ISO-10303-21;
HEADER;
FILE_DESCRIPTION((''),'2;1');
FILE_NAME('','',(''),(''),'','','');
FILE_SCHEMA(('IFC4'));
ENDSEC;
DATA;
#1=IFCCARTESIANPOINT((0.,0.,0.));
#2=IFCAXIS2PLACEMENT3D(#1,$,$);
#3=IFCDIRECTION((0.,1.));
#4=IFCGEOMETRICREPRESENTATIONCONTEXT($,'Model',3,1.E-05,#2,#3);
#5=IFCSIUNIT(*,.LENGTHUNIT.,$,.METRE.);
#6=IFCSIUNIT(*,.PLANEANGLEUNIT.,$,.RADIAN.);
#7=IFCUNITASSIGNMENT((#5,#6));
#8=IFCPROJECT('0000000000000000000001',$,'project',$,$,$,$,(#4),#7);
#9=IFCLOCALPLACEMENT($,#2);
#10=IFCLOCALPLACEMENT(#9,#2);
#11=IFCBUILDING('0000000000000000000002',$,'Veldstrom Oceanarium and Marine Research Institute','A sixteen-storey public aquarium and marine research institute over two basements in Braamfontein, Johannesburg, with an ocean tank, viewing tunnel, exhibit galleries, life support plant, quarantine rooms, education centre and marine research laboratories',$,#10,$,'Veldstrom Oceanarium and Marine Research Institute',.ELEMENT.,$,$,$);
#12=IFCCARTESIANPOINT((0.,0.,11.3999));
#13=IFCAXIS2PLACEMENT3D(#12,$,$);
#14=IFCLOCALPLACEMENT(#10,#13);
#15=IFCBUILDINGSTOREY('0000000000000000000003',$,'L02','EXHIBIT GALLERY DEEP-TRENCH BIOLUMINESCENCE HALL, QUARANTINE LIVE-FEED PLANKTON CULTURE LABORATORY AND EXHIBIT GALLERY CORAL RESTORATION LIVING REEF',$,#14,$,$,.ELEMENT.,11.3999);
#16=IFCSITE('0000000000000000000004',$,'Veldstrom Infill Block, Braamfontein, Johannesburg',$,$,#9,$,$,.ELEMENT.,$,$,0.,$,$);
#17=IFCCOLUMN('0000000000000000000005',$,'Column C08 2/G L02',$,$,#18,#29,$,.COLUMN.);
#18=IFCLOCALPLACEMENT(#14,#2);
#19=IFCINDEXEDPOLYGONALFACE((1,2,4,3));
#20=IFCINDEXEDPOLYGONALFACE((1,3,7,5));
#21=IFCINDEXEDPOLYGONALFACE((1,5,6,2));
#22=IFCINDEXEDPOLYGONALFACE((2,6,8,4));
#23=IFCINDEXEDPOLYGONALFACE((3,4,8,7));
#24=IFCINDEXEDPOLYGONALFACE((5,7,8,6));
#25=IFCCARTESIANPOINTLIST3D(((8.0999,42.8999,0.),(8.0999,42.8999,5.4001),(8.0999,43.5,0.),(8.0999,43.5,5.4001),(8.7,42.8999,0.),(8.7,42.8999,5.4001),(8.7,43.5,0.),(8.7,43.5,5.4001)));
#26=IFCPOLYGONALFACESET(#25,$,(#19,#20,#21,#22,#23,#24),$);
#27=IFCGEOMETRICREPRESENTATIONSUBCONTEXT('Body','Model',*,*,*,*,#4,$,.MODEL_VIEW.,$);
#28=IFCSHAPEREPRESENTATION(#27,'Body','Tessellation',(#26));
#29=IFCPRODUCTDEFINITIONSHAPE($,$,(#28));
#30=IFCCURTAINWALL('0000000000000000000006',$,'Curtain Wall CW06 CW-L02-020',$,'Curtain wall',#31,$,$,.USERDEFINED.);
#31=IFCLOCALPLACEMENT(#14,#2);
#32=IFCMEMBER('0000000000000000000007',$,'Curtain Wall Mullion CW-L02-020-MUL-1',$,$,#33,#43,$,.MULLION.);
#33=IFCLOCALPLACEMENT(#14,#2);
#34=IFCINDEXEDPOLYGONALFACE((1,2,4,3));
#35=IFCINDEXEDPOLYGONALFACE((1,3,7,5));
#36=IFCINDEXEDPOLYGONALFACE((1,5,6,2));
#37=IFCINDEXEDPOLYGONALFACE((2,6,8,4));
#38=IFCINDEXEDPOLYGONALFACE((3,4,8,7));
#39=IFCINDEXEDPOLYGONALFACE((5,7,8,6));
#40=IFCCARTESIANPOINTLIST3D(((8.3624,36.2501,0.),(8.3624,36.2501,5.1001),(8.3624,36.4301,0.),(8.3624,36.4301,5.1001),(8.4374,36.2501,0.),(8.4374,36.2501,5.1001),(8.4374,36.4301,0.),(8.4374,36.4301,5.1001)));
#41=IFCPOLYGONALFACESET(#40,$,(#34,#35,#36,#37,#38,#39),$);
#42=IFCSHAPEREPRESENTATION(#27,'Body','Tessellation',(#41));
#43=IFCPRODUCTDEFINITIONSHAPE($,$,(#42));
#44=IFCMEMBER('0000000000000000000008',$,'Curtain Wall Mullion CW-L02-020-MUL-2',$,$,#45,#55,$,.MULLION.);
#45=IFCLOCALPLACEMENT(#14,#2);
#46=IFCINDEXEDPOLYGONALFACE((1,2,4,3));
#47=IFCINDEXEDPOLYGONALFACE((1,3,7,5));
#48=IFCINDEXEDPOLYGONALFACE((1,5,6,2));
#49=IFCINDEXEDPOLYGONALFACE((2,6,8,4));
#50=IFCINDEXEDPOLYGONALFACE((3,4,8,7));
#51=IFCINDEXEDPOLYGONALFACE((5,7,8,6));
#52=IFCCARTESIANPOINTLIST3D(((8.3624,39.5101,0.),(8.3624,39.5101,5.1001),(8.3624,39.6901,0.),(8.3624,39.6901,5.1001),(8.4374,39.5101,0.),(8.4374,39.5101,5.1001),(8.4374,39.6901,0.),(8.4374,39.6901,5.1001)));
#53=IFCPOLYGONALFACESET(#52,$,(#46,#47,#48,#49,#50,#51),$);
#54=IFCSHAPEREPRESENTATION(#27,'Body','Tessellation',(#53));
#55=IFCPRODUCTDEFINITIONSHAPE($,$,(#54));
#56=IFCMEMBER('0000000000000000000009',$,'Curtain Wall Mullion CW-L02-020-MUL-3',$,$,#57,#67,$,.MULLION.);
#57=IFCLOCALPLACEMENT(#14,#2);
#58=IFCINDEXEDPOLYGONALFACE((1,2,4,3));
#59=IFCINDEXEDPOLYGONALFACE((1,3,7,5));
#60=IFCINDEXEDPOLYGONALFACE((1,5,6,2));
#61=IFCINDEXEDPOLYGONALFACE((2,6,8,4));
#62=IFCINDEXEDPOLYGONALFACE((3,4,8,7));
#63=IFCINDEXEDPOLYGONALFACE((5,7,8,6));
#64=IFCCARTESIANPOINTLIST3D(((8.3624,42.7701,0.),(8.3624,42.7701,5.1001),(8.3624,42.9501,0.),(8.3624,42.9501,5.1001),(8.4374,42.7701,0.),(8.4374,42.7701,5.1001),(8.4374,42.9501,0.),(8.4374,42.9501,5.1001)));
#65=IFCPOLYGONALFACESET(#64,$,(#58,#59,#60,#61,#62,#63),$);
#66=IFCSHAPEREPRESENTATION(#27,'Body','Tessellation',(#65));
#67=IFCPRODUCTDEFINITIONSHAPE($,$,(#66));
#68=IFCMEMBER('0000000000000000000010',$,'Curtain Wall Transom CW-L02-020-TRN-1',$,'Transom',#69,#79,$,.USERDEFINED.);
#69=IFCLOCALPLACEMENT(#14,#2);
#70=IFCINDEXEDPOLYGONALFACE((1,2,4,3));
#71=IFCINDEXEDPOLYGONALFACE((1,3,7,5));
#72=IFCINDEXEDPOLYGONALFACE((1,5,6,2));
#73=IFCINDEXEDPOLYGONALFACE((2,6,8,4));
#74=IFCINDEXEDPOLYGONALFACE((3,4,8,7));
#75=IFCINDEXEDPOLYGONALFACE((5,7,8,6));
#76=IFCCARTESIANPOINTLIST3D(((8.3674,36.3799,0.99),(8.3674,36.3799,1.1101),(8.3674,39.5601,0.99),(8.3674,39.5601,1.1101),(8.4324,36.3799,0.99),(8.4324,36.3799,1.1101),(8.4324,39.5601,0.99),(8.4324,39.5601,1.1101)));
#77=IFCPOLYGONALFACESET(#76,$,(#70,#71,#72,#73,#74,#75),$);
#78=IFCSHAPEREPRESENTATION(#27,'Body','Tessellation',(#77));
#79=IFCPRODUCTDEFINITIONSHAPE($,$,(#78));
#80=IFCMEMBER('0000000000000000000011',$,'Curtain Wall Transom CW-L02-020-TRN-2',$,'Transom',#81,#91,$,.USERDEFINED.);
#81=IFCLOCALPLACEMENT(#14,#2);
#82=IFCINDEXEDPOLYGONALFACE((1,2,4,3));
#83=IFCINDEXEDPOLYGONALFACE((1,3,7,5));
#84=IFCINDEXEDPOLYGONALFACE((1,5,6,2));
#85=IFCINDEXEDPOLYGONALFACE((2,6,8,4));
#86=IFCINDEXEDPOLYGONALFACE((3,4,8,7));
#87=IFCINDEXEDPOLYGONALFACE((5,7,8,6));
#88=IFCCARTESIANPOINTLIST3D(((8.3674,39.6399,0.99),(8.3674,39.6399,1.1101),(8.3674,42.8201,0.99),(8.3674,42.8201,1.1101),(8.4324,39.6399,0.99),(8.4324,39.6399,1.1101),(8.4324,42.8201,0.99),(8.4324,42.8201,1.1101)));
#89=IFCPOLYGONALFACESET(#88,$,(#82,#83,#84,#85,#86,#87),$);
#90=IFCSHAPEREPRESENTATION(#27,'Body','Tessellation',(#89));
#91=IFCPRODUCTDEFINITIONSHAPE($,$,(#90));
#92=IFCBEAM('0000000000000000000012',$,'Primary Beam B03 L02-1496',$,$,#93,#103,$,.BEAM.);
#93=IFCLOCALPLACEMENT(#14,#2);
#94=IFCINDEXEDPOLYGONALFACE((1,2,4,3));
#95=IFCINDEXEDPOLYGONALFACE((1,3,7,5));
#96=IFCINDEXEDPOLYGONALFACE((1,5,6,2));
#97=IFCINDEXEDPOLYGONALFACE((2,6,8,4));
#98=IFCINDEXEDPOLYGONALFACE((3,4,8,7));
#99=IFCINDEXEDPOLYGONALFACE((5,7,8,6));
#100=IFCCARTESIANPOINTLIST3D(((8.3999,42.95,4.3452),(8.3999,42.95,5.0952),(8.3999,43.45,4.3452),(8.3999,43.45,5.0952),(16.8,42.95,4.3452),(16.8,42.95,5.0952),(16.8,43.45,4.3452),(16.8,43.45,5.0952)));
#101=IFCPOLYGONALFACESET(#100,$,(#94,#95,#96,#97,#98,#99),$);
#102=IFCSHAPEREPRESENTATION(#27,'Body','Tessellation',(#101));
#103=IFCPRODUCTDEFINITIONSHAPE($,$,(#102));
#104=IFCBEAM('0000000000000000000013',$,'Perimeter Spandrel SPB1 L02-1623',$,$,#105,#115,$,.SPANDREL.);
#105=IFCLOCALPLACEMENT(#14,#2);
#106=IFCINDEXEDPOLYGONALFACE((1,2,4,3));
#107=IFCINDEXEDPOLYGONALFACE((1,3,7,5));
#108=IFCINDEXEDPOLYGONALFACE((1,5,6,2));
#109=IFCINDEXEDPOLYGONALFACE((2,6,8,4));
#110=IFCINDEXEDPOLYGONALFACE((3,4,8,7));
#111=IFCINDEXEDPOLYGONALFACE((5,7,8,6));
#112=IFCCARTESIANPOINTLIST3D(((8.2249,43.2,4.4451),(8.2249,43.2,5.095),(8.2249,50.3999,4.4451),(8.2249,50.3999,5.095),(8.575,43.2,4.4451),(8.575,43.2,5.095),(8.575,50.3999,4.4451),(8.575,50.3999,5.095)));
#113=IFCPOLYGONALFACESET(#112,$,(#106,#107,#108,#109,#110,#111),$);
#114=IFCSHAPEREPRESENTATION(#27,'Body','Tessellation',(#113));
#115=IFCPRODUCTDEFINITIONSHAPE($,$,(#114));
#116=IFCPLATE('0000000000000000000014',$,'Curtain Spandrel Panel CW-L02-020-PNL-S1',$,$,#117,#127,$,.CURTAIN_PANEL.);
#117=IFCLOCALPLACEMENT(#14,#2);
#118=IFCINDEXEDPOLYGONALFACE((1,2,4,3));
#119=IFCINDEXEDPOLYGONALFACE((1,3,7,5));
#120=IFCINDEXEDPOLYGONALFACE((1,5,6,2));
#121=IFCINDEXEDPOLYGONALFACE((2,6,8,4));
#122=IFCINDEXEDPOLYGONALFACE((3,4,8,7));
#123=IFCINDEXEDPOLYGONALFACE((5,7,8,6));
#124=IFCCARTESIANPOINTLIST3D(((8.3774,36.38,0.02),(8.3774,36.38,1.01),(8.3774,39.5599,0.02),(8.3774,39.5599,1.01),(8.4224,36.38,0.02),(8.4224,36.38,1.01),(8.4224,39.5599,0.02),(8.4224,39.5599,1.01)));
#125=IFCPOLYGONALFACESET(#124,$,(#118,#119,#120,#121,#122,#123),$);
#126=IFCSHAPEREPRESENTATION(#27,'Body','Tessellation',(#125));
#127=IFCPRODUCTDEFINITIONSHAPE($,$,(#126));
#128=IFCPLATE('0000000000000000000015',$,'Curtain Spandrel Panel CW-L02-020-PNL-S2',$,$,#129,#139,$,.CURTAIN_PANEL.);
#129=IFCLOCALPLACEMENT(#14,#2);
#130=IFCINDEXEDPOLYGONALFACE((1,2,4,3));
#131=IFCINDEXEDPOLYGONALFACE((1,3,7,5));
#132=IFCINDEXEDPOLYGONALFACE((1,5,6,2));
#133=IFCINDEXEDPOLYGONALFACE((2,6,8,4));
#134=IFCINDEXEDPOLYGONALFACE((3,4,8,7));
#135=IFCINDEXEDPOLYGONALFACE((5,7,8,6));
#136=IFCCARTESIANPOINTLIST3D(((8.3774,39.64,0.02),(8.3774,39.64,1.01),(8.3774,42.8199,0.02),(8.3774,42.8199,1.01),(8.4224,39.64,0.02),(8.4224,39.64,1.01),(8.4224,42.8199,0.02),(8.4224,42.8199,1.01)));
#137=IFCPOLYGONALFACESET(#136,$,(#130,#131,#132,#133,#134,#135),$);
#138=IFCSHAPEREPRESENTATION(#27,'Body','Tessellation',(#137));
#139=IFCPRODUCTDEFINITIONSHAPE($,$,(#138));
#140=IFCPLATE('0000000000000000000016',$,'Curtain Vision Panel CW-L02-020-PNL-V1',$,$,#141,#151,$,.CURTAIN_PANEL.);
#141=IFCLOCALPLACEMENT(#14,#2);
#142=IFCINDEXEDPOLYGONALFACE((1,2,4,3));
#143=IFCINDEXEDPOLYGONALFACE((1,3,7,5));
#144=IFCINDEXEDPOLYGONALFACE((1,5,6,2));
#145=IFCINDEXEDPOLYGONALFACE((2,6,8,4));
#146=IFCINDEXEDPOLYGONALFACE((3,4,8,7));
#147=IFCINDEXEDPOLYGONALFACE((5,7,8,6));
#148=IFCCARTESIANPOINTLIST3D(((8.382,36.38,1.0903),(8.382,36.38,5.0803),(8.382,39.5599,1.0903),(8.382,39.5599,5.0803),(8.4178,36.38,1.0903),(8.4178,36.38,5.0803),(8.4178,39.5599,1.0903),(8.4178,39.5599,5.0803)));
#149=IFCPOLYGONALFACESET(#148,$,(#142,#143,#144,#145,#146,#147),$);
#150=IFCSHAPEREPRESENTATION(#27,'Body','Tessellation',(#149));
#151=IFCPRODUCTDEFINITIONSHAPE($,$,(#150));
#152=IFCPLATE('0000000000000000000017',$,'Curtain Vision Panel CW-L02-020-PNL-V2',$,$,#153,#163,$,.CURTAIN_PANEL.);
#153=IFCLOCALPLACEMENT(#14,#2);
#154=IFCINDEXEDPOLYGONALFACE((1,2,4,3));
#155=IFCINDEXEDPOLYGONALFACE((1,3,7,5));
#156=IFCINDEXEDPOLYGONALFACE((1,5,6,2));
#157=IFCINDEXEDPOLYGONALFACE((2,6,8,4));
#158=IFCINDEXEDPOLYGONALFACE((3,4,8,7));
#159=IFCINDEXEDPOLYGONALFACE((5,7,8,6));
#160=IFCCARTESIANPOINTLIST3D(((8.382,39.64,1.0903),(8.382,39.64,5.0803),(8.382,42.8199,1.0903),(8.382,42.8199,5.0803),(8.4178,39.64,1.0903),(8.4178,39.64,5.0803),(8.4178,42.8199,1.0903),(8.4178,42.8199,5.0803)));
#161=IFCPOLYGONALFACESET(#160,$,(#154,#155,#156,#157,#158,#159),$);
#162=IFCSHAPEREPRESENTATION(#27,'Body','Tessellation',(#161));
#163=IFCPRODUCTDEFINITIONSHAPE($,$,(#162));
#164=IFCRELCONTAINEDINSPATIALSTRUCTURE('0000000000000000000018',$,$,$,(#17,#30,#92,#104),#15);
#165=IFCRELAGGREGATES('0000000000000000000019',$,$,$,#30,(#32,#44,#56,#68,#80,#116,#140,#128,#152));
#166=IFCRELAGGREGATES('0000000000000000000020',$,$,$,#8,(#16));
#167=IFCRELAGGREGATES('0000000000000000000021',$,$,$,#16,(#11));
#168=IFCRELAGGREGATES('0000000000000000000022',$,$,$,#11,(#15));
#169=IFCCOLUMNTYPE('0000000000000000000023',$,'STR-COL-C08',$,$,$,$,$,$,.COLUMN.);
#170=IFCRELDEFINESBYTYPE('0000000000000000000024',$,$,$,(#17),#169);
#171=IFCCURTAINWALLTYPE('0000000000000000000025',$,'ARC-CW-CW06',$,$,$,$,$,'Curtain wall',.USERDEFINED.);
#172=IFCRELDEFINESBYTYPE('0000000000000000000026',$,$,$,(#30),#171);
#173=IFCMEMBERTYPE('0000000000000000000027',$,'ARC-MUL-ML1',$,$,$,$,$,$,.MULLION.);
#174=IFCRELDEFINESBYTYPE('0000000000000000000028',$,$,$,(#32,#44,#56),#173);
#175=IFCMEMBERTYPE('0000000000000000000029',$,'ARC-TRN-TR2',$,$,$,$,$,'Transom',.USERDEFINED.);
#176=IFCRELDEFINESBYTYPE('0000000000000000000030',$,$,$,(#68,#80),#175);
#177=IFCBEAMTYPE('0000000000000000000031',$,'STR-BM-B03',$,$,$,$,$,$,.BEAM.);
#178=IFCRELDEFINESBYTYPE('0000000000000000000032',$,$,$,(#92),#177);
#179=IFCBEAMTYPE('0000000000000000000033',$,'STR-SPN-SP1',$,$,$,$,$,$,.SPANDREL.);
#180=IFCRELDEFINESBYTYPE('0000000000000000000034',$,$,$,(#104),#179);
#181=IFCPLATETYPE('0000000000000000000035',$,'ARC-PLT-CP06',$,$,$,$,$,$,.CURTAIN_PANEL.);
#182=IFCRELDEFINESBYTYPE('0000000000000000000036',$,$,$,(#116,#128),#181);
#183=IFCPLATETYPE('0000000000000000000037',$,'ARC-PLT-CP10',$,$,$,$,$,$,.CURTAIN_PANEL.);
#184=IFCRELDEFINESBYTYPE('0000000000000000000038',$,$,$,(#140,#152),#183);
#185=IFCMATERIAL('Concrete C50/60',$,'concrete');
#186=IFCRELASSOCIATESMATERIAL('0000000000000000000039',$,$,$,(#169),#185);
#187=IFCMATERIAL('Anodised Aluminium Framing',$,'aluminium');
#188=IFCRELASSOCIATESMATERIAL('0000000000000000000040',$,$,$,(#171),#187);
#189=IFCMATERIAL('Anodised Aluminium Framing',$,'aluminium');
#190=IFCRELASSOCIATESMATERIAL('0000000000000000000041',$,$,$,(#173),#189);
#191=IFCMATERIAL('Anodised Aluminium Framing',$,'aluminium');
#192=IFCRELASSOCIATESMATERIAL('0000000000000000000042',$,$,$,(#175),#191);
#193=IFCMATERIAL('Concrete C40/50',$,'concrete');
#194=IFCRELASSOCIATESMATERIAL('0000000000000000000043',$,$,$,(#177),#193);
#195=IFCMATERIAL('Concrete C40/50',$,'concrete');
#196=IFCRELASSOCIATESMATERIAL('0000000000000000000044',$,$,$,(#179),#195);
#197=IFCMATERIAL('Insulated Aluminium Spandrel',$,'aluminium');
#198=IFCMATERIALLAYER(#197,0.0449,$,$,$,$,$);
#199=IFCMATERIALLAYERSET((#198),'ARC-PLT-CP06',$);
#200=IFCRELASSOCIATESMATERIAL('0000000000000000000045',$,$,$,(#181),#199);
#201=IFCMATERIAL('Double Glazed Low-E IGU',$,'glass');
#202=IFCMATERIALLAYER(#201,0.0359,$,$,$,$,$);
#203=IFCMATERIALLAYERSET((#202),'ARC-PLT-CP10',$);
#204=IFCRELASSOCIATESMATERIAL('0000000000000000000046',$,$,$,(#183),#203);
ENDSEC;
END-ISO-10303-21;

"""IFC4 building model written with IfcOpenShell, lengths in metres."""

from ifc_helpers import new_model, si_unit, direction, frame, origin, origin_2d, place, context, subcontext, project, spatial, rectangle, extrude, material, layer, layer_set, material_profile, profile_set, type_object, element, aggregate, save


model = new_model("IFC4")

# Units and contexts
model_context = context("Model", 3, precision=1e-05, world=origin(), true_north=direction((0.0, 1.0)))
body_context = subcontext(model_context, "Body", "Model", "MODEL_VIEW")
ifc_project = project(units=[si_unit("LENGTHUNIT", "METRE"), si_unit("PLANEANGLEUNIT", "RADIAN")], contexts=[model_context])

# Site, building, storey
site_placement = place(None, origin())
site = spatial("IfcSite", under=ifc_project, at=site_placement, Name="Veldstrom Infill Block, Braamfontein, Johannesburg", CompositionType="ELEMENT", RefElevation=0.0)
building_placement = place(site_placement, origin())
building = spatial("IfcBuilding", under=site, at=building_placement, Name="Veldstrom Oceanarium and Marine Research Institute", Description="A sixteen-storey public aquarium and marine research institute over two basements in Braamfontein, Johannesburg, with an ocean tank, viewing tunnel, exhibit galleries, life support plant, quarantine rooms, education centre and marine research laboratories", LongName="Veldstrom Oceanarium and Marine Research Institute", CompositionType="ELEMENT")
storey_placement = place(building_placement, frame((0.0, 0.0, 11.3999)))
storey = spatial("IfcBuildingStorey", under=building, at=storey_placement, Name="L02", Description="EXHIBIT GALLERY DEEP-TRENCH BIOLUMINESCENCE HALL, QUARANTINE LIVE-FEED PLANKTON CULTURE LABORATORY AND EXHIBIT GALLERY CORAL RESTORATION LIVING REEF", CompositionType="ELEMENT", Elevation=11.3999)

# Column
ifc_material_1 = material(Name="Concrete C50/60", Category="concrete")
ifc_material_profile_1 = material_profile(ifc_material_1, rectangle(XDim=0.6001, YDim=0.6001, at=origin_2d()), Name="RC-COL-600x600")
ifc_profile_set_1 = profile_set([ifc_material_profile_1], Name="Concrete C50/60")
column_type = type_object("IfcColumnType", Name="STR-COL-C08", PredefinedType="COLUMN", material=ifc_profile_set_1)
column_placement = place(storey_placement, frame((8.3999, 43.2, 0.0), z_axis=(0.0, 0.0, 1.0), x_axis=(1.0, 0.0, 0.0)))
element("IfcColumn", 1, at=column_placement, inside=storey, type_object=column_type, Name="Column C08 2/G L02", PredefinedType="COLUMN", context=body_context, shape_type="SweptSolid", body=[
    extrude(rectangle(XDim=0.6001, YDim=0.6001, at=origin_2d()), origin(), (0.0, 0.0, 1.0), 5.4001),
])

# Curtain wall, members
ifc_material_2 = material(Name="Anodised Aluminium Framing", Category="aluminium")
curtain_wall_type = type_object("IfcCurtainWallType", Name="ARC-CW-CW06", ElementType="Curtain wall", PredefinedType="USERDEFINED", material=ifc_material_2)
curtain_wall_placement = place(storey_placement, origin())
curtain_wall = element("IfcCurtainWall", 2, at=curtain_wall_placement, inside=storey, type_object=curtain_wall_type, Name="Curtain Wall CW06 CW-L02-020", ObjectType="Curtain wall", PredefinedType="USERDEFINED")
ifc_material_3 = material(Name="Anodised Aluminium Framing", Category="aluminium")
ifc_material_profile_2 = material_profile(ifc_material_3, rectangle(XDim=0.075, YDim=0.1799, at=origin_2d()), Name="ALU-MUL-75x180")
ifc_profile_set_2 = profile_set([ifc_material_profile_2], Name="Anodised Aluminium Framing")
member_type_1 = type_object("IfcMemberType", Name="ARC-MUL-ML1", PredefinedType="MULLION", material=ifc_profile_set_2)
member_1_placement = place(storey_placement, frame((8.3999, 36.3401, 0.0), z_axis=(0.0, 0.0, 1.0), x_axis=(1.0, 0.0, 0.0)))
member_1 = element("IfcMember", 3, at=member_1_placement, type_object=member_type_1, Name="Curtain Wall Mullion CW-L02-020-MUL-1", PredefinedType="MULLION", context=body_context, shape_type="SweptSolid", body=[
    extrude(rectangle(XDim=0.075, YDim=0.1799, at=origin_2d()), origin(), (0.0, 0.0, 1.0), 5.1001),
])
member_2_placement = place(storey_placement, frame((8.3999, 39.6001, 0.0), z_axis=(0.0, 0.0, 1.0), x_axis=(1.0, 0.0, 0.0)))
member_2 = element("IfcMember", 4, at=member_2_placement, type_object=member_type_1, Name="Curtain Wall Mullion CW-L02-020-MUL-2", PredefinedType="MULLION", context=body_context, shape_type="SweptSolid", body=[
    extrude(rectangle(XDim=0.075, YDim=0.1799, at=origin_2d()), origin(), (0.0, 0.0, 1.0), 5.1001),
])
member_3_placement = place(storey_placement, frame((8.3999, 42.8601, 0.0), z_axis=(0.0, 0.0, 1.0), x_axis=(1.0, 0.0, 0.0)))
member_3 = element("IfcMember", 5, at=member_3_placement, type_object=member_type_1, Name="Curtain Wall Mullion CW-L02-020-MUL-3", PredefinedType="MULLION", context=body_context, shape_type="SweptSolid", body=[
    extrude(rectangle(XDim=0.075, YDim=0.1799, at=origin_2d()), origin(), (0.0, 0.0, 1.0), 5.1001),
])
ifc_material_4 = material(Name="Anodised Aluminium Framing", Category="aluminium")
ifc_material_profile_3 = material_profile(ifc_material_4, rectangle(XDim=0.0649, YDim=0.1201, at=origin_2d()), Name="ALU-TRN-65x120")
ifc_profile_set_3 = profile_set([ifc_material_profile_3], Name="Anodised Aluminium Framing")
member_type_2 = type_object("IfcMemberType", Name="ARC-TRN-TR2", ElementType="Transom", PredefinedType="USERDEFINED", material=ifc_profile_set_3)
member_4_placement = place(storey_placement, frame((8.3999, 36.3799, 1.05), z_axis=(0.0, 1.0, 0.0), x_axis=(-1.0, 0.0, 0.0)))
member_4 = element("IfcMember", 6, at=member_4_placement, type_object=member_type_2, Name="Curtain Wall Transom CW-L02-020-TRN-1", ObjectType="Transom", PredefinedType="USERDEFINED", context=body_context, shape_type="SweptSolid", body=[
    extrude(rectangle(XDim=0.0649, YDim=0.1201, at=origin_2d()), origin(), (0.0, 0.0, 1.0), 3.1802),
])
member_5_placement = place(storey_placement, frame((8.3999, 39.6399, 1.05), z_axis=(0.0, 1.0, 0.0), x_axis=(-1.0, 0.0, 0.0)))
member_5 = element("IfcMember", 7, at=member_5_placement, type_object=member_type_2, Name="Curtain Wall Transom CW-L02-020-TRN-2", ObjectType="Transom", PredefinedType="USERDEFINED", context=body_context, shape_type="SweptSolid", body=[
    extrude(rectangle(XDim=0.0649, YDim=0.1201, at=origin_2d()), origin(), (0.0, 0.0, 1.0), 3.1802),
])

# Beams
ifc_material_5 = material(Name="Concrete C40/50", Category="concrete")
ifc_material_profile_4 = material_profile(ifc_material_5, rectangle(XDim=0.5, YDim=0.75, at=origin_2d()), Name="RC-BM-500x750")
ifc_profile_set_4 = profile_set([ifc_material_profile_4], Name="Concrete C40/50")
beam_type_1 = type_object("IfcBeamType", Name="STR-BM-B03", PredefinedType="BEAM", material=ifc_profile_set_4)
beam_1_placement = place(storey_placement, frame((8.3999, 43.2, 4.7202), z_axis=(1.0, 0.0, 0.0), x_axis=(0.0, 1.0, 0.0)))
element("IfcBeam", 8, at=beam_1_placement, inside=storey, type_object=beam_type_1, Name="Primary Beam B03 L02-1496", PredefinedType="BEAM", context=body_context, shape_type="SweptSolid", body=[
    extrude(rectangle(XDim=0.5, YDim=0.75, at=origin_2d()), origin(), (0.0, 0.0, 1.0), 8.4001),
])
ifc_material_6 = material(Name="Concrete C40/50", Category="concrete")
ifc_material_profile_5 = material_profile(ifc_material_6, rectangle(XDim=0.3501, YDim=0.6499, at=origin_2d()), Name="RC-SPN-350x650")
ifc_profile_set_5 = profile_set([ifc_material_profile_5], Name="Concrete C40/50")
beam_type_2 = type_object("IfcBeamType", Name="STR-SPN-SP1", PredefinedType="SPANDREL", material=ifc_profile_set_5)
beam_2_placement = place(storey_placement, frame((8.3999, 43.2, 4.77), z_axis=(0.0, 1.0, 0.0), x_axis=(-1.0, 0.0, 0.0)))
element("IfcBeam", 9, at=beam_2_placement, inside=storey, type_object=beam_type_2, Name="Perimeter Spandrel SPB1 L02-1623", PredefinedType="SPANDREL", context=body_context, shape_type="SweptSolid", body=[
    extrude(rectangle(XDim=0.3501, YDim=0.6499, at=origin_2d()), origin(), (0.0, 0.0, 1.0), 7.2),
])

# Plates
ifc_material_7 = material(Name="Insulated Aluminium Spandrel", Category="aluminium")
ifc_layer_1 = layer(ifc_material_7, 0.0449)
ifc_layer_set_1 = layer_set([ifc_layer_1], Name="ARC-PLT-CP06")
plate_type_1 = type_object("IfcPlateType", Name="ARC-PLT-CP06", PredefinedType="CURTAIN_PANEL", material=ifc_layer_set_1)
plate_1_placement = place(storey_placement, frame((8.3999, 37.97, 0.02), z_axis=(0.0, 0.0, 1.0), x_axis=(0.0, 1.0, 0.0)))
plate_1 = element("IfcPlate", 10, at=plate_1_placement, type_object=plate_type_1, Name="Curtain Spandrel Panel CW-L02-020-PNL-S1", PredefinedType="CURTAIN_PANEL", context=body_context, shape_type="SweptSolid", body=[
    extrude(rectangle(XDim=3.1799, YDim=0.0449, at=origin_2d()), origin(), (0.0, 0.0, 1.0), 0.99),
])
plate_2_placement = place(storey_placement, frame((8.3999, 41.23, 0.02), z_axis=(0.0, 0.0, 1.0), x_axis=(0.0, 1.0, 0.0)))
plate_2 = element("IfcPlate", 11, at=plate_2_placement, type_object=plate_type_1, Name="Curtain Spandrel Panel CW-L02-020-PNL-S2", PredefinedType="CURTAIN_PANEL", context=body_context, shape_type="SweptSolid", body=[
    extrude(rectangle(XDim=3.1799, YDim=0.0449, at=origin_2d()), origin(), (0.0, 0.0, 1.0), 0.99),
])
ifc_material_8 = material(Name="Double Glazed Low-E IGU", Category="glass")
ifc_layer_2 = layer(ifc_material_8, 0.0359)
ifc_layer_set_2 = layer_set([ifc_layer_2], Name="ARC-PLT-CP10")
plate_type_2 = type_object("IfcPlateType", Name="ARC-PLT-CP10", PredefinedType="CURTAIN_PANEL", material=ifc_layer_set_2)
plate_3_placement = place(storey_placement, frame((8.3999, 37.97, 1.0903), z_axis=(0.0, 0.0, 1.0), x_axis=(0.0, 1.0, 0.0)))
plate_3 = element("IfcPlate", 12, at=plate_3_placement, type_object=plate_type_2, Name="Curtain Vision Panel CW-L02-020-PNL-V1", PredefinedType="CURTAIN_PANEL", context=body_context, shape_type="SweptSolid", body=[
    extrude(rectangle(XDim=3.1799, YDim=0.0359, at=origin_2d()), origin(), (0.0, 0.0, 1.0), 3.99),
])
plate_4_placement = place(storey_placement, frame((8.3999, 41.23, 1.0903), z_axis=(0.0, 0.0, 1.0), x_axis=(0.0, 1.0, 0.0)))
plate_4 = element("IfcPlate", 13, at=plate_4_placement, type_object=plate_type_2, Name="Curtain Vision Panel CW-L02-020-PNL-V2", PredefinedType="CURTAIN_PANEL", context=body_context, shape_type="SweptSolid", body=[
    extrude(rectangle(XDim=3.1799, YDim=0.0359, at=origin_2d()), origin(), (0.0, 0.0, 1.0), 3.99),
])
aggregate(curtain_wall, [member_1, member_2, member_3, member_4, member_5, plate_1, plate_3, plate_2, plate_4])

save(model, "model.ifc")
